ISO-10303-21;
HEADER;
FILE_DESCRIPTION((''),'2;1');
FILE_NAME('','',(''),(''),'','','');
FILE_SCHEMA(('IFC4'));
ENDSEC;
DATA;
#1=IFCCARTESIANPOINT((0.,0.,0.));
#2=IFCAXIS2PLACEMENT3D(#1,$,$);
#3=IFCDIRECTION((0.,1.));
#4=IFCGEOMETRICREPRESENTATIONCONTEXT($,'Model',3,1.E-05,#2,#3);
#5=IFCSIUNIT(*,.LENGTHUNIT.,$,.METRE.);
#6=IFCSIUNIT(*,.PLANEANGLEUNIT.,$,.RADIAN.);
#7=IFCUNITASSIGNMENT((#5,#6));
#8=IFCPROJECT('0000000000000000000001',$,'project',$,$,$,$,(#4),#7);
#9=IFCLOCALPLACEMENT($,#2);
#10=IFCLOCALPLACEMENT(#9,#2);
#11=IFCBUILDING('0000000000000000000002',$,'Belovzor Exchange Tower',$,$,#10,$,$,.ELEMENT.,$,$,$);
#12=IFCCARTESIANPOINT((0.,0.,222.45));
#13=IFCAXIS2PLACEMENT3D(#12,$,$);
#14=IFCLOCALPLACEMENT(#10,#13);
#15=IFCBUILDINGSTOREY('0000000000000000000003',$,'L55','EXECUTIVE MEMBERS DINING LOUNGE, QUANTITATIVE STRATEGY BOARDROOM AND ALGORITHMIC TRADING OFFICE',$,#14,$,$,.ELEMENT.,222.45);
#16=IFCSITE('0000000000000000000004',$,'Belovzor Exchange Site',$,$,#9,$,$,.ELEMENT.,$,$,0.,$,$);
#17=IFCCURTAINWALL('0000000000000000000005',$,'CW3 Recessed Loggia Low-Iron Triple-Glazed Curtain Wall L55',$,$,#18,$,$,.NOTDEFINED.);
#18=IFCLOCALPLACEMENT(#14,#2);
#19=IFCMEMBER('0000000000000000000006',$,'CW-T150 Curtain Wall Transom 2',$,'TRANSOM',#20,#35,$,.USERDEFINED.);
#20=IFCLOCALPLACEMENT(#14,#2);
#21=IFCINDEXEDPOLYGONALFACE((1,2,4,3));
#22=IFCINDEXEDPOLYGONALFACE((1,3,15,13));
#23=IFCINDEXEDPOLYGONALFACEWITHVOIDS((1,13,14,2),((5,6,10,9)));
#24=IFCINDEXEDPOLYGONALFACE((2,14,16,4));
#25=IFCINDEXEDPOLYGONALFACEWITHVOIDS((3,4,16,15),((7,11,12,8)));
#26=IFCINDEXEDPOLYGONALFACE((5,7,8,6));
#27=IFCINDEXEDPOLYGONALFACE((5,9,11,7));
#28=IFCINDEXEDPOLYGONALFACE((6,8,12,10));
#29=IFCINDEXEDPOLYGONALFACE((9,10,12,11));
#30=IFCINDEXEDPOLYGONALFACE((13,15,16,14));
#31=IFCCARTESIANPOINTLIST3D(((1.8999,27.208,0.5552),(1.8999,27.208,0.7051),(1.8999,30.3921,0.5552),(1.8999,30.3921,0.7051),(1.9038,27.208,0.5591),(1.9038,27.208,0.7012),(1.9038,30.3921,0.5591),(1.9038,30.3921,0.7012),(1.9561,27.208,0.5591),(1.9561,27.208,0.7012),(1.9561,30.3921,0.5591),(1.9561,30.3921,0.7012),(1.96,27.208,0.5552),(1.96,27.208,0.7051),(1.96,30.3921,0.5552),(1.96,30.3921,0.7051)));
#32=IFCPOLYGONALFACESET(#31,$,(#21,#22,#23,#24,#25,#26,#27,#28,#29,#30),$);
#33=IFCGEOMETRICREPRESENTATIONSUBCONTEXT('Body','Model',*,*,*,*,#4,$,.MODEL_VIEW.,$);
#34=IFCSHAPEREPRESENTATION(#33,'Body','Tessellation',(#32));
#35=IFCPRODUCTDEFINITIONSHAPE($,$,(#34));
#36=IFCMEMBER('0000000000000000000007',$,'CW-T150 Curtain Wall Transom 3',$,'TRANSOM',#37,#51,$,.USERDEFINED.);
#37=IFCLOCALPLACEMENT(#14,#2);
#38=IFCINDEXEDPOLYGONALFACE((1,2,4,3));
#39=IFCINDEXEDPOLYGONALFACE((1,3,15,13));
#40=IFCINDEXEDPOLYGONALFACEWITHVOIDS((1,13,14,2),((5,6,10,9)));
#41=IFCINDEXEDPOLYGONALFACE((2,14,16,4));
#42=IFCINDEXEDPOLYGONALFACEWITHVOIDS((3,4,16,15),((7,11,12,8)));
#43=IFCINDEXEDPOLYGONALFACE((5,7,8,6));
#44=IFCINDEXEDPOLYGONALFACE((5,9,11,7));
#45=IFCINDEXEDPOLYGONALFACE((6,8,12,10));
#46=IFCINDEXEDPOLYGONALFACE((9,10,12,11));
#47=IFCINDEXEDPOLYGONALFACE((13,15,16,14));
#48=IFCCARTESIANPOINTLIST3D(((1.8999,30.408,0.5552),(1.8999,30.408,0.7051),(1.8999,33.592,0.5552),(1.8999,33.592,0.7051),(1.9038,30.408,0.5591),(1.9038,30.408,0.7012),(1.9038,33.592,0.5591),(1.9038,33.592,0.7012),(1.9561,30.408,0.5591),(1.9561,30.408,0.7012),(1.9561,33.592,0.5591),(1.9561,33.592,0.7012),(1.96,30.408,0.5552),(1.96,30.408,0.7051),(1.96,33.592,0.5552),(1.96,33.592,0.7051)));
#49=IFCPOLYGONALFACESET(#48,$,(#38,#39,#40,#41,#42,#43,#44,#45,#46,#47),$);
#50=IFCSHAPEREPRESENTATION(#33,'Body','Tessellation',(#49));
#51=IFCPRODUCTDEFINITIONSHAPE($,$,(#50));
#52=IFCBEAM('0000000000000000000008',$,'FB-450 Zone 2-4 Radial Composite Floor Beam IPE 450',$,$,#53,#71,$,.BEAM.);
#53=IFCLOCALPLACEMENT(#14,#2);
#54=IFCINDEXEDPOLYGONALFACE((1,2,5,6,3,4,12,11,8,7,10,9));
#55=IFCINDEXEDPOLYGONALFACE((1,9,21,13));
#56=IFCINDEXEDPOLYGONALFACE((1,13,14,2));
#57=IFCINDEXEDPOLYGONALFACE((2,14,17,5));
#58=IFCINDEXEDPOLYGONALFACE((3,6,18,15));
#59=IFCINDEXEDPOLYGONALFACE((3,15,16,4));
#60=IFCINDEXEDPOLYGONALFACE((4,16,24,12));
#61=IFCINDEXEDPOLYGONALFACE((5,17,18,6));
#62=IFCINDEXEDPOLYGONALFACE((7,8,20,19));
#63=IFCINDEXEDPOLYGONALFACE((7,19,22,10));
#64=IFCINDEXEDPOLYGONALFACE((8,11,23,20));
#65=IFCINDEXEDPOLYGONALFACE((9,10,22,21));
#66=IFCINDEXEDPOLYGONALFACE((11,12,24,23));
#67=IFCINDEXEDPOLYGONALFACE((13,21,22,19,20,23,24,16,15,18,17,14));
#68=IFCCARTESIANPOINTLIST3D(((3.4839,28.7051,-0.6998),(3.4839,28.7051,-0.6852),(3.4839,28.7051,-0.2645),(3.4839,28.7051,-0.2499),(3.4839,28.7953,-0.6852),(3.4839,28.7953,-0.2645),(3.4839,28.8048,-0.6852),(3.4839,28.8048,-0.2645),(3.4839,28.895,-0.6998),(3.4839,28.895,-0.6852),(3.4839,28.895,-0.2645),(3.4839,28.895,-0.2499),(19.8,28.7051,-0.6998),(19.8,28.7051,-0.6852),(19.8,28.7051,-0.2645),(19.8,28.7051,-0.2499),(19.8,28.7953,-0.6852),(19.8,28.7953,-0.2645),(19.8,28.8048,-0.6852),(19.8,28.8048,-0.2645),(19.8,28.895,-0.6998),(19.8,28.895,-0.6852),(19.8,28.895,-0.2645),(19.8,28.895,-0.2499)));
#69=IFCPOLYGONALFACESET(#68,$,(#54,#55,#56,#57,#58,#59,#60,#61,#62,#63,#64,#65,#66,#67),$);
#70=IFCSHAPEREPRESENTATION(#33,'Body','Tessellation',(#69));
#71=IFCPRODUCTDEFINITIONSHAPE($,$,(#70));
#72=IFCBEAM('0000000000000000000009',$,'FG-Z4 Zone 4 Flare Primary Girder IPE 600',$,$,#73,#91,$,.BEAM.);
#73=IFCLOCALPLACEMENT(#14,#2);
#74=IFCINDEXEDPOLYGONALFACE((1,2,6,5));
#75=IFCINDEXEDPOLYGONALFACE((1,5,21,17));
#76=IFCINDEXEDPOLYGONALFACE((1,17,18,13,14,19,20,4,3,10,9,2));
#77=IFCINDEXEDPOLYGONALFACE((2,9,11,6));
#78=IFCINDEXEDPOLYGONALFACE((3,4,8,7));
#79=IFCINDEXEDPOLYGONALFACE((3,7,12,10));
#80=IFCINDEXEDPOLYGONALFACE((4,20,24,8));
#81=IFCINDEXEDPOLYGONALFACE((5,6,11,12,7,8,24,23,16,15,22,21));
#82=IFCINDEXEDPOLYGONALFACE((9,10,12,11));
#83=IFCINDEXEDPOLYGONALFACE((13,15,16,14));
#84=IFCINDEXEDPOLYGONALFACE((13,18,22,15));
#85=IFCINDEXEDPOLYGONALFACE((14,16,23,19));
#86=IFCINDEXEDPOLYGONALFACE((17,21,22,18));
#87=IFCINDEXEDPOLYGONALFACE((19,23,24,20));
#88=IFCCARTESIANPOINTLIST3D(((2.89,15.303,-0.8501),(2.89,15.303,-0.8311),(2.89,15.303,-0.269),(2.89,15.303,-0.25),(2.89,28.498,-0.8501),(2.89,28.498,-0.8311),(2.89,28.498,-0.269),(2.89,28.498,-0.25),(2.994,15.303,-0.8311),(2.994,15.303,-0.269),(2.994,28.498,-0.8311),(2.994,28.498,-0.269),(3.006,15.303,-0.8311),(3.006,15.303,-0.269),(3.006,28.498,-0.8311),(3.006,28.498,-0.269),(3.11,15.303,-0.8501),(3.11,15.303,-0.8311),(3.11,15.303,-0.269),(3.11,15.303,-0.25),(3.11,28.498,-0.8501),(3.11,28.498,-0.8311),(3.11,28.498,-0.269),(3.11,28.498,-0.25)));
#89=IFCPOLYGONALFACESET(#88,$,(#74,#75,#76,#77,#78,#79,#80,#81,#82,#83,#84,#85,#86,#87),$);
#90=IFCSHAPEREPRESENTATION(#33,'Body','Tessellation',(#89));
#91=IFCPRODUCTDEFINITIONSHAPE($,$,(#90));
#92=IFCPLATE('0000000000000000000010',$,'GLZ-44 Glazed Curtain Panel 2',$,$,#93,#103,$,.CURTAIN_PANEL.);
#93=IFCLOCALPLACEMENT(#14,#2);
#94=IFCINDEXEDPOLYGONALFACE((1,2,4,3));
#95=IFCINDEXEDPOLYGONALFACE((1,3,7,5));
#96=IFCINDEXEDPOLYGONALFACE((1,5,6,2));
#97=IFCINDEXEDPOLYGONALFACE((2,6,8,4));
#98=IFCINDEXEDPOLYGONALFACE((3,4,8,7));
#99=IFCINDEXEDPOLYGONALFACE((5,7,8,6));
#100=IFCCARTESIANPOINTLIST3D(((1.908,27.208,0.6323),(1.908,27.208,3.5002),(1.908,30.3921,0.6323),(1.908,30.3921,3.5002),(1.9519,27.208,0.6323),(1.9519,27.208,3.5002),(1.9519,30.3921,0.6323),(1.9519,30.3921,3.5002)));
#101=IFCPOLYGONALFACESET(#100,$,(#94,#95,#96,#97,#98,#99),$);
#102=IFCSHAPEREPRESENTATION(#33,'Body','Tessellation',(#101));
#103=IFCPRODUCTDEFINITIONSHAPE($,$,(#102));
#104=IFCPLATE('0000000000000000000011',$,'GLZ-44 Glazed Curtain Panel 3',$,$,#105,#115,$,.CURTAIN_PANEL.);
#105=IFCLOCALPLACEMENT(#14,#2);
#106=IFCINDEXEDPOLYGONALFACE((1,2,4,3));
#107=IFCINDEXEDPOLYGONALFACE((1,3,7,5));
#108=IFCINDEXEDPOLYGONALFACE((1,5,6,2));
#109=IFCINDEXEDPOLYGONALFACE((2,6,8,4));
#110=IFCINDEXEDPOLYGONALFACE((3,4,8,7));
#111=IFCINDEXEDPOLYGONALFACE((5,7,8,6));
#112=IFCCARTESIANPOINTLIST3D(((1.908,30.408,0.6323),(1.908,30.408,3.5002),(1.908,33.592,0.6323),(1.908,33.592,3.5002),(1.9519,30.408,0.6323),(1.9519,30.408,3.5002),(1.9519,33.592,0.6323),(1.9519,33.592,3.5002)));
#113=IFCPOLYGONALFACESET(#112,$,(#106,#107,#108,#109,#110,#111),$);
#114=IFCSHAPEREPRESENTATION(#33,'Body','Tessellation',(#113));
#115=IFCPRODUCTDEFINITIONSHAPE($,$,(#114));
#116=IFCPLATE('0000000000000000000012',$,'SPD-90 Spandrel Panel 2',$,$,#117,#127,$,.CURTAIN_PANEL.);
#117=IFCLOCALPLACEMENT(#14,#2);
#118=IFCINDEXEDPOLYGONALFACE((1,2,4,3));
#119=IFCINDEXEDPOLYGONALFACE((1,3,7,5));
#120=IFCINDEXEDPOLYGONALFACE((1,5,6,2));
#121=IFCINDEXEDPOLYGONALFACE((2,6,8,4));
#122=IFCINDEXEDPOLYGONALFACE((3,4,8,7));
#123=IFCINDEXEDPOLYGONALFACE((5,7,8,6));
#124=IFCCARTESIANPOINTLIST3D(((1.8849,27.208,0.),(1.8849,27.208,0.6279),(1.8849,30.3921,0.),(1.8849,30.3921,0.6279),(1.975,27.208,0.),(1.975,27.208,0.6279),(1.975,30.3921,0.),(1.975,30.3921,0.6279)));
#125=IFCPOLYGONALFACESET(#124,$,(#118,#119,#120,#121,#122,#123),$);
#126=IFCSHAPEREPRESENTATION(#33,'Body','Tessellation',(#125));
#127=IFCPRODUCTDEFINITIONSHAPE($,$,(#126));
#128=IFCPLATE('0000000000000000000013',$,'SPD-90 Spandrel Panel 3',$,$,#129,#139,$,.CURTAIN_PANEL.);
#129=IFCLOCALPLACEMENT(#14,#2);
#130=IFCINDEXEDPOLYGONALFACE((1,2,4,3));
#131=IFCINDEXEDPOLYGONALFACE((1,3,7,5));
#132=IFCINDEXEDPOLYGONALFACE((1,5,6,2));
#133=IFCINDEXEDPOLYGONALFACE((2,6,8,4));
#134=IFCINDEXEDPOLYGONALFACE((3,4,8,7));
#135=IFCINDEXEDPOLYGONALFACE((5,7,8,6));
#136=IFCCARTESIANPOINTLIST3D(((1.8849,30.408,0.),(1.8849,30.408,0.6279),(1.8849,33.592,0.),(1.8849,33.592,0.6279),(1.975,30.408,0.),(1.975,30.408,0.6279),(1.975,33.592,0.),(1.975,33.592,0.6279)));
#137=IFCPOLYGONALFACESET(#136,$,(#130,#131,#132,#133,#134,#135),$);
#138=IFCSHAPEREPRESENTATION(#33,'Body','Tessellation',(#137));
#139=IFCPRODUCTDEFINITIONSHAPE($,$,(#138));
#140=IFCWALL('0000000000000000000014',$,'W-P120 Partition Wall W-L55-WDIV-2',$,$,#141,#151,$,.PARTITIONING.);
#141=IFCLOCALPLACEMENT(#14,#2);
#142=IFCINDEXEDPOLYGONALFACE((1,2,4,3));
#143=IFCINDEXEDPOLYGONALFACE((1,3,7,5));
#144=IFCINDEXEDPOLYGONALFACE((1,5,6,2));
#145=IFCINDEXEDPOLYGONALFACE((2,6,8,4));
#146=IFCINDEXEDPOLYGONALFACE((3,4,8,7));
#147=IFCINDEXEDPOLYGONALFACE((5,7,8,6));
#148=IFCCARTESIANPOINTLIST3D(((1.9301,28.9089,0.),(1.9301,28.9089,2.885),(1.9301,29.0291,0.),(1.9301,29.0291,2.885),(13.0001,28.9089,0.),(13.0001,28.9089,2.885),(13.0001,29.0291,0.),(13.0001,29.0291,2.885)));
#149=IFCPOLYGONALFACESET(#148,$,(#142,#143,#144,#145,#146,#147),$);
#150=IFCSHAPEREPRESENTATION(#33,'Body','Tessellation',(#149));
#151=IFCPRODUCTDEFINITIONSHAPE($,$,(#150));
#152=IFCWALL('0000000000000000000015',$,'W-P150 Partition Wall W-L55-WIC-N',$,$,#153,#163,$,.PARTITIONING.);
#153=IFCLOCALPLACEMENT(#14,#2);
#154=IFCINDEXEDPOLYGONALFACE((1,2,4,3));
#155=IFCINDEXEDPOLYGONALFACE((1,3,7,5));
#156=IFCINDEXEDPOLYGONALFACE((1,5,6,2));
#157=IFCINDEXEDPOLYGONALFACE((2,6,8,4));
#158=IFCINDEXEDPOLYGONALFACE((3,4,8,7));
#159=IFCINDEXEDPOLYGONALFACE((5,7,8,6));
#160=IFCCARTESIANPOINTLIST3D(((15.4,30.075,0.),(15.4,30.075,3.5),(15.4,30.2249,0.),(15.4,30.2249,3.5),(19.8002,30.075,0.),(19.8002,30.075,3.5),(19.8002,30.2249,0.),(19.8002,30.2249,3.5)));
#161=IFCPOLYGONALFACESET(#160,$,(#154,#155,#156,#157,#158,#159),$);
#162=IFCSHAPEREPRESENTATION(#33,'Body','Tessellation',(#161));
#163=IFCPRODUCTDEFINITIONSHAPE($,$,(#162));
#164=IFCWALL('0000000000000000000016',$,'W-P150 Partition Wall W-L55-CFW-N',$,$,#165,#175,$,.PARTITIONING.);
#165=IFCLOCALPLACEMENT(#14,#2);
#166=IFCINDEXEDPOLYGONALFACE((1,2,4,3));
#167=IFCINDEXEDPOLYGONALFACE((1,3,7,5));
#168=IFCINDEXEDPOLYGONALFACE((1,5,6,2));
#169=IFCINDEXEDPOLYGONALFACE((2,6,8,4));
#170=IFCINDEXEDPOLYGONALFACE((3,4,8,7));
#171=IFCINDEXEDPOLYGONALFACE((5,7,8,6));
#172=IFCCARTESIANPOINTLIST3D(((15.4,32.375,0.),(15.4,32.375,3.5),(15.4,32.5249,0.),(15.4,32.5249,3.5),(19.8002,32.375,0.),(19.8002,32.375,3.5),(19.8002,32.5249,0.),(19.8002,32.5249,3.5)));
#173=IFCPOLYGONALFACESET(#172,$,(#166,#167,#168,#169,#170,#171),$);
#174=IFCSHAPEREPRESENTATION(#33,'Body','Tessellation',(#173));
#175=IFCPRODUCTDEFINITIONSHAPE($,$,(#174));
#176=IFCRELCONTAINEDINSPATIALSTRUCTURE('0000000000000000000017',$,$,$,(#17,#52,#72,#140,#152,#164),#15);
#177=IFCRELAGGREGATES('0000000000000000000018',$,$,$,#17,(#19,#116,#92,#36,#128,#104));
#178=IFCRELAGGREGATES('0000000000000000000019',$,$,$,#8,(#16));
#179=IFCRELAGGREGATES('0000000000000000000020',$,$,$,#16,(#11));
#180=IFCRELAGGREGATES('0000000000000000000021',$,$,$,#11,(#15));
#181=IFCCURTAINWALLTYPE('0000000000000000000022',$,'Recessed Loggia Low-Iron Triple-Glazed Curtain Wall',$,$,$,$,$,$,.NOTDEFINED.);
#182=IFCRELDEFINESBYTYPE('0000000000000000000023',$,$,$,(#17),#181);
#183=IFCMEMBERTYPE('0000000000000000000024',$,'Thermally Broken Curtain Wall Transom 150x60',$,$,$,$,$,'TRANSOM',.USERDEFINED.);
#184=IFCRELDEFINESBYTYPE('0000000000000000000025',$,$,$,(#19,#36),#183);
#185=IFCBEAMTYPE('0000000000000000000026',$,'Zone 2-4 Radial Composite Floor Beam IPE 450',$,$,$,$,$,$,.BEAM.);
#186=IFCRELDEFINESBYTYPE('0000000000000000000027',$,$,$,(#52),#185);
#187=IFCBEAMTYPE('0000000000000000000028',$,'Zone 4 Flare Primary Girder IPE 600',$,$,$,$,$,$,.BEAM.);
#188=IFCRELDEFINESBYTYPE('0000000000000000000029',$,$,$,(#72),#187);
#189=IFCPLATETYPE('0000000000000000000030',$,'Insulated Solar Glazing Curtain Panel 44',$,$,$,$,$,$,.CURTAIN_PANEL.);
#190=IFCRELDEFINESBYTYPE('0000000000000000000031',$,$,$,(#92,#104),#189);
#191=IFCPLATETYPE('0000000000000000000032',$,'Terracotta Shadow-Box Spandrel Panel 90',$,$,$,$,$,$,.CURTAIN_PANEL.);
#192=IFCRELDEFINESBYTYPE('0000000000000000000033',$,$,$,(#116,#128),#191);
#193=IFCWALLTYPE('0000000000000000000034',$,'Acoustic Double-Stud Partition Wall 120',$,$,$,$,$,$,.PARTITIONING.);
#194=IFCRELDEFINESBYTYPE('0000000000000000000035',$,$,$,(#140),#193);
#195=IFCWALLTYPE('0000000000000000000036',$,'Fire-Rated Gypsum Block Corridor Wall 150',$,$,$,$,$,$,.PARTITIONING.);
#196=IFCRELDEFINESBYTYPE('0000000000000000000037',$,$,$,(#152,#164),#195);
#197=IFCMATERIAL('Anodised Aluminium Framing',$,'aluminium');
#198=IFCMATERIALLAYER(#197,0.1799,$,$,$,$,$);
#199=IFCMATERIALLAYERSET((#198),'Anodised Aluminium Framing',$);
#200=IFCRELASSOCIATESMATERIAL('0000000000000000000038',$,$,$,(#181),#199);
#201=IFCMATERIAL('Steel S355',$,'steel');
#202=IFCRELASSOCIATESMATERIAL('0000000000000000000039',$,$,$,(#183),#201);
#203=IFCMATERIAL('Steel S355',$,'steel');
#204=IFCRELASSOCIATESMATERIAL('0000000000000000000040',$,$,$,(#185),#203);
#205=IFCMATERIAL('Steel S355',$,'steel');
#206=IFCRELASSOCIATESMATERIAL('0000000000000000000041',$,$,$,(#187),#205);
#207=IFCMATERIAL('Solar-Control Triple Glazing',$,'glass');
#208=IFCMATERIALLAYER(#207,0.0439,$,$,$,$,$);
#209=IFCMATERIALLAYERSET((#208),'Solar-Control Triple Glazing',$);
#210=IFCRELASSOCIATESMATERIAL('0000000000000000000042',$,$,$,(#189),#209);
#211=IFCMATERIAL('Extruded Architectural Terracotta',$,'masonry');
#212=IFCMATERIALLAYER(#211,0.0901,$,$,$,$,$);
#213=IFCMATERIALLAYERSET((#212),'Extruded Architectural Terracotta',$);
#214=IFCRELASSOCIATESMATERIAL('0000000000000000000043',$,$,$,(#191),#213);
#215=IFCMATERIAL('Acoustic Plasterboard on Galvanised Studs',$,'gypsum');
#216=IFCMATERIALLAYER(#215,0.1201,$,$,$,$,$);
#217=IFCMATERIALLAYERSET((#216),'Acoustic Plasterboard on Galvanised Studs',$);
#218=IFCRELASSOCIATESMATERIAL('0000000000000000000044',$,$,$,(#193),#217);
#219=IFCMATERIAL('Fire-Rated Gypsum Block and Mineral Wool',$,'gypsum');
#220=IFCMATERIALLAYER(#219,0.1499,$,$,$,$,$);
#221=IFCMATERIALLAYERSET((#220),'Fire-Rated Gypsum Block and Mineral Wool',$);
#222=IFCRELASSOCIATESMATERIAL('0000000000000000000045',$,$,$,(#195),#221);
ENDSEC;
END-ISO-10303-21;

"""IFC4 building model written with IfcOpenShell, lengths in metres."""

from ifc_helpers import new_model, si_unit, direction, frame, frame_2d, origin, origin_2d, place, context, subcontext, project, spatial, rectangle, hollow_rectangle, i_section, extrude, material, layer, layer_set, material_profile, profile_set, type_object, element, aggregate, save


model = new_model("IFC4")

# Units and contexts
model_context = context("Model", 3, precision=1e-05, world=origin(), true_north=direction((0.0, 1.0)))
body_context = subcontext(model_context, "Body", "Model", "MODEL_VIEW")
ifc_project = project(units=[si_unit("LENGTHUNIT", "METRE"), si_unit("PLANEANGLEUNIT", "RADIAN")], contexts=[model_context])

# Site, building, storey
site_placement = place(None, origin())
site = spatial("IfcSite", under=ifc_project, at=site_placement, Name="Belovzor Exchange Site", CompositionType="ELEMENT", RefElevation=0.0)
building_placement = place(site_placement, origin())
building = spatial("IfcBuilding", under=site, at=building_placement, Name="Belovzor Exchange Tower", CompositionType="ELEMENT")
storey_placement = place(building_placement, frame((0.0, 0.0, 222.45)))
storey = spatial("IfcBuildingStorey", under=building, at=storey_placement, Name="L55", Description="EXECUTIVE MEMBERS DINING LOUNGE, QUANTITATIVE STRATEGY BOARDROOM AND ALGORITHMIC TRADING OFFICE", CompositionType="ELEMENT", Elevation=222.45)

# Curtain wall, members
ifc_material_1 = material(Name="Anodised Aluminium Framing", Category="aluminium")
ifc_layer_1 = layer(ifc_material_1, 0.1799)
ifc_layer_set_1 = layer_set([ifc_layer_1], Name="Anodised Aluminium Framing")
curtain_wall_type = type_object("IfcCurtainWallType", Name="Recessed Loggia Low-Iron Triple-Glazed Curtain Wall", PredefinedType="NOTDEFINED", material=ifc_layer_set_1)
curtain_wall_placement = place(storey_placement, origin())
curtain_wall = element("IfcCurtainWall", 1, at=curtain_wall_placement, inside=storey, type_object=curtain_wall_type, Name="CW3 Recessed Loggia Low-Iron Triple-Glazed Curtain Wall L55", PredefinedType="NOTDEFINED")
ifc_material_2 = material(Name="Steel S355", Category="steel")
ifc_material_profile_1 = material_profile(ifc_material_2, hollow_rectangle(XDim=0.0601, YDim=0.1499, WallThickness=0.0039, at=origin_2d()))
ifc_profile_set_1 = profile_set([ifc_material_profile_1], Name="Steel S355")
member_type_1 = type_object("IfcMemberType", Name="Thermally Broken Curtain Wall Transom 150x60", ElementType="TRANSOM", PredefinedType="USERDEFINED", material=ifc_profile_set_1)
member_1_placement = place(storey_placement, frame((1.9299, 27.208, 0.6301), z_axis=(0.0, 1.0, 0.0), x_axis=(-1.0, 0.0, 0.0)))
member_1 = element("IfcMember", 2, at=member_1_placement, type_object=member_type_1, Name="CW-T150 Curtain Wall Transom 2", ObjectType="TRANSOM", PredefinedType="USERDEFINED", context=body_context, shape_type="SweptSolid", body=[
    extrude(hollow_rectangle(XDim=0.0601, YDim=0.1499, WallThickness=0.0039, at=origin_2d()), origin(), (0.0, 0.0, 1.0), 3.1841),
])
member_2_placement = place(storey_placement, frame((1.9299, 30.408, 0.6301), z_axis=(0.0, 1.0, 0.0), x_axis=(-1.0, 0.0, 0.0)))
member_2 = element("IfcMember", 3, at=member_2_placement, type_object=member_type_1, Name="CW-T150 Curtain Wall Transom 3", ObjectType="TRANSOM", PredefinedType="USERDEFINED", context=body_context, shape_type="SweptSolid", body=[
    extrude(hollow_rectangle(XDim=0.0601, YDim=0.1499, WallThickness=0.0039, at=origin_2d()), origin(), (0.0, 0.0, 1.0), 3.1841),
])

# Beams
ifc_material_3 = material(Name="Steel S355", Category="steel")
ifc_material_profile_2 = material_profile(ifc_material_3, i_section(OverallWidth=0.1899, OverallDepth=0.45, WebThickness=0.0095, FlangeThickness=0.0146, at=origin_2d()))
ifc_profile_set_2 = profile_set([ifc_material_profile_2], Name="Steel S355")
beam_type_1 = type_object("IfcBeamType", Name="Zone 2-4 Radial Composite Floor Beam IPE 450", PredefinedType="BEAM", material=ifc_profile_set_2)
beam_1_placement = place(storey_placement, frame((19.8, 28.8, -0.4749), z_axis=(-1.0, 0.0, 0.0), x_axis=(0.0, -1.0, 0.0)))
element("IfcBeam", 4, at=beam_1_placement, inside=storey, type_object=beam_type_1, Name="FB-450 Zone 2-4 Radial Composite Floor Beam IPE 450", PredefinedType="BEAM", context=body_context, shape_type="SweptSolid", body=[
    extrude(i_section(OverallWidth=0.1899, OverallDepth=0.45, WebThickness=0.0095, FlangeThickness=0.0146, at=origin_2d()), origin(), (0.0, 0.0, 1.0), 16.3162),
])
ifc_material_4 = material(Name="Steel S355", Category="steel")
ifc_material_profile_3 = material_profile(ifc_material_4, i_section(OverallWidth=0.22, OverallDepth=0.6001, WebThickness=0.012, FlangeThickness=0.019, at=origin_2d()))
ifc_profile_set_3 = profile_set([ifc_material_profile_3], Name="Steel S355")
beam_type_2 = type_object("IfcBeamType", Name="Zone 4 Flare Primary Girder IPE 600", PredefinedType="BEAM", material=ifc_profile_set_3)
beam_2_placement = place(storey_placement, frame((3.0, 28.498, -0.55), z_axis=(0.0, -1.0, 0.0), x_axis=(1.0, 0.0, 0.0)))
element("IfcBeam", 5, at=beam_2_placement, inside=storey, type_object=beam_type_2, Name="FG-Z4 Zone 4 Flare Primary Girder IPE 600", PredefinedType="BEAM", context=body_context, shape_type="SweptSolid", body=[
    extrude(i_section(OverallWidth=0.22, OverallDepth=0.6001, WebThickness=0.012, FlangeThickness=0.019, at=origin_2d()), origin(), (0.0, 0.0, 1.0), 13.1951),
])

# Plates
ifc_material_5 = material(Name="Solar-Control Triple Glazing", Category="glass")
ifc_layer_2 = layer(ifc_material_5, 0.0439)
ifc_layer_set_2 = layer_set([ifc_layer_2], Name="Solar-Control Triple Glazing")
plate_type_1 = type_object("IfcPlateType", Name="Insulated Solar Glazing Curtain Panel 44", PredefinedType="CURTAIN_PANEL", material=ifc_layer_set_2)
plate_1_placement = place(storey_placement, frame((1.9299, 28.8, 0.6323), z_axis=(0.0, 0.0, 1.0), x_axis=(0.0, 1.0, 0.0)))
plate_1 = element("IfcPlate", 6, at=plate_1_placement, type_object=plate_type_1, Name="GLZ-44 Glazed Curtain Panel 2", PredefinedType="CURTAIN_PANEL", context=body_context, shape_type="SweptSolid", body=[
    extrude(rectangle(XDim=3.1841, YDim=0.0439, at=origin_2d()), origin(), (0.0, 0.0, 1.0), 2.8679),
])
plate_2_placement = place(storey_placement, frame((1.9299, 32.0, 0.6323), z_axis=(0.0, 0.0, 1.0), x_axis=(0.0, 1.0, 0.0)))
plate_2 = element("IfcPlate", 7, at=plate_2_placement, type_object=plate_type_1, Name="GLZ-44 Glazed Curtain Panel 3", PredefinedType="CURTAIN_PANEL", context=body_context, shape_type="SweptSolid", body=[
    extrude(rectangle(XDim=3.1841, YDim=0.0439, at=origin_2d()), origin(), (0.0, 0.0, 1.0), 2.8679),
])
ifc_material_6 = material(Name="Extruded Architectural Terracotta", Category="masonry")
ifc_layer_3 = layer(ifc_material_6, 0.0901)
ifc_layer_set_3 = layer_set([ifc_layer_3], Name="Extruded Architectural Terracotta")
plate_type_2 = type_object("IfcPlateType", Name="Terracotta Shadow-Box Spandrel Panel 90", PredefinedType="CURTAIN_PANEL", material=ifc_layer_set_3)
plate_3_placement = place(storey_placement, frame((1.9299, 28.8, 0.0), z_axis=(0.0, 0.0, 1.0), x_axis=(0.0, 1.0, 0.0)))
plate_3 = element("IfcPlate", 8, at=plate_3_placement, type_object=plate_type_2, Name="SPD-90 Spandrel Panel 2", PredefinedType="CURTAIN_PANEL", context=body_context, shape_type="SweptSolid", body=[
    extrude(rectangle(XDim=3.1841, YDim=0.0901, at=origin_2d()), origin(), (0.0, 0.0, 1.0), 0.6279),
])
plate_4_placement = place(storey_placement, frame((1.9299, 32.0, 0.0), z_axis=(0.0, 0.0, 1.0), x_axis=(0.0, 1.0, 0.0)))
plate_4 = element("IfcPlate", 9, at=plate_4_placement, type_object=plate_type_2, Name="SPD-90 Spandrel Panel 3", PredefinedType="CURTAIN_PANEL", context=body_context, shape_type="SweptSolid", body=[
    extrude(rectangle(XDim=3.1841, YDim=0.0901, at=origin_2d()), origin(), (0.0, 0.0, 1.0), 0.6279),
])
aggregate(curtain_wall, [member_1, plate_3, plate_1, member_2, plate_4, plate_2])

# Walls
ifc_material_7 = material(Name="Acoustic Plasterboard on Galvanised Studs", Category="gypsum")
ifc_layer_4 = layer(ifc_material_7, 0.1201)
ifc_layer_set_4 = layer_set([ifc_layer_4], Name="Acoustic Plasterboard on Galvanised Studs")
wall_type_1 = type_object("IfcWallType", Name="Acoustic Double-Stud Partition Wall 120", PredefinedType="PARTITIONING", material=ifc_layer_set_4)
wall_1_placement = place(storey_placement, frame((1.9299, 28.969, 0.0), z_axis=(0.0, 0.0, 1.0), x_axis=(1.0, 0.0, 0.0)))
element("IfcWall", 10, at=wall_1_placement, inside=storey, type_object=wall_type_1, Name="W-P120 Partition Wall W-L55-WDIV-2", PredefinedType="PARTITIONING", context=body_context, shape_type="SweptSolid", body=[
    extrude(rectangle(XDim=11.0701, YDim=0.1201, at=frame_2d((5.5352, 0.0))), origin(), (0.0, 0.0, 1.0), 2.885),
])
ifc_material_8 = material(Name="Fire-Rated Gypsum Block and Mineral Wool", Category="gypsum")
ifc_layer_5 = layer(ifc_material_8, 0.1499)
ifc_layer_set_5 = layer_set([ifc_layer_5], Name="Fire-Rated Gypsum Block and Mineral Wool")
wall_type_2 = type_object("IfcWallType", Name="Fire-Rated Gypsum Block Corridor Wall 150", PredefinedType="PARTITIONING", material=ifc_layer_set_5)
for number, where, z_axis, x_axis, name in (
    (11, (15.3999, 30.1499, 0.0), (0.0, 0.0, 1.0), (1.0, 0.0, 0.0), "W-P150 Partition Wall W-L55-WIC-N"),
    (12, (15.3999, 32.45, 0.0), (0.0, 0.0, 1.0), (1.0, 0.0, 0.0), "W-P150 Partition Wall W-L55-CFW-N"),
):
    element("IfcWall", number, at=place(storey_placement, frame(where, z_axis=z_axis, x_axis=x_axis)), inside=storey, type_object=wall_type_2, Name=name, PredefinedType="PARTITIONING", context=body_context, shape_type="SweptSolid", body=[
        extrude(rectangle(XDim=4.4001, YDim=0.1499, at=frame_2d((2.2002, 0.0))), origin(), (0.0, 0.0, 1.0), 3.5),
    ])

save(model, "model.ifc")
